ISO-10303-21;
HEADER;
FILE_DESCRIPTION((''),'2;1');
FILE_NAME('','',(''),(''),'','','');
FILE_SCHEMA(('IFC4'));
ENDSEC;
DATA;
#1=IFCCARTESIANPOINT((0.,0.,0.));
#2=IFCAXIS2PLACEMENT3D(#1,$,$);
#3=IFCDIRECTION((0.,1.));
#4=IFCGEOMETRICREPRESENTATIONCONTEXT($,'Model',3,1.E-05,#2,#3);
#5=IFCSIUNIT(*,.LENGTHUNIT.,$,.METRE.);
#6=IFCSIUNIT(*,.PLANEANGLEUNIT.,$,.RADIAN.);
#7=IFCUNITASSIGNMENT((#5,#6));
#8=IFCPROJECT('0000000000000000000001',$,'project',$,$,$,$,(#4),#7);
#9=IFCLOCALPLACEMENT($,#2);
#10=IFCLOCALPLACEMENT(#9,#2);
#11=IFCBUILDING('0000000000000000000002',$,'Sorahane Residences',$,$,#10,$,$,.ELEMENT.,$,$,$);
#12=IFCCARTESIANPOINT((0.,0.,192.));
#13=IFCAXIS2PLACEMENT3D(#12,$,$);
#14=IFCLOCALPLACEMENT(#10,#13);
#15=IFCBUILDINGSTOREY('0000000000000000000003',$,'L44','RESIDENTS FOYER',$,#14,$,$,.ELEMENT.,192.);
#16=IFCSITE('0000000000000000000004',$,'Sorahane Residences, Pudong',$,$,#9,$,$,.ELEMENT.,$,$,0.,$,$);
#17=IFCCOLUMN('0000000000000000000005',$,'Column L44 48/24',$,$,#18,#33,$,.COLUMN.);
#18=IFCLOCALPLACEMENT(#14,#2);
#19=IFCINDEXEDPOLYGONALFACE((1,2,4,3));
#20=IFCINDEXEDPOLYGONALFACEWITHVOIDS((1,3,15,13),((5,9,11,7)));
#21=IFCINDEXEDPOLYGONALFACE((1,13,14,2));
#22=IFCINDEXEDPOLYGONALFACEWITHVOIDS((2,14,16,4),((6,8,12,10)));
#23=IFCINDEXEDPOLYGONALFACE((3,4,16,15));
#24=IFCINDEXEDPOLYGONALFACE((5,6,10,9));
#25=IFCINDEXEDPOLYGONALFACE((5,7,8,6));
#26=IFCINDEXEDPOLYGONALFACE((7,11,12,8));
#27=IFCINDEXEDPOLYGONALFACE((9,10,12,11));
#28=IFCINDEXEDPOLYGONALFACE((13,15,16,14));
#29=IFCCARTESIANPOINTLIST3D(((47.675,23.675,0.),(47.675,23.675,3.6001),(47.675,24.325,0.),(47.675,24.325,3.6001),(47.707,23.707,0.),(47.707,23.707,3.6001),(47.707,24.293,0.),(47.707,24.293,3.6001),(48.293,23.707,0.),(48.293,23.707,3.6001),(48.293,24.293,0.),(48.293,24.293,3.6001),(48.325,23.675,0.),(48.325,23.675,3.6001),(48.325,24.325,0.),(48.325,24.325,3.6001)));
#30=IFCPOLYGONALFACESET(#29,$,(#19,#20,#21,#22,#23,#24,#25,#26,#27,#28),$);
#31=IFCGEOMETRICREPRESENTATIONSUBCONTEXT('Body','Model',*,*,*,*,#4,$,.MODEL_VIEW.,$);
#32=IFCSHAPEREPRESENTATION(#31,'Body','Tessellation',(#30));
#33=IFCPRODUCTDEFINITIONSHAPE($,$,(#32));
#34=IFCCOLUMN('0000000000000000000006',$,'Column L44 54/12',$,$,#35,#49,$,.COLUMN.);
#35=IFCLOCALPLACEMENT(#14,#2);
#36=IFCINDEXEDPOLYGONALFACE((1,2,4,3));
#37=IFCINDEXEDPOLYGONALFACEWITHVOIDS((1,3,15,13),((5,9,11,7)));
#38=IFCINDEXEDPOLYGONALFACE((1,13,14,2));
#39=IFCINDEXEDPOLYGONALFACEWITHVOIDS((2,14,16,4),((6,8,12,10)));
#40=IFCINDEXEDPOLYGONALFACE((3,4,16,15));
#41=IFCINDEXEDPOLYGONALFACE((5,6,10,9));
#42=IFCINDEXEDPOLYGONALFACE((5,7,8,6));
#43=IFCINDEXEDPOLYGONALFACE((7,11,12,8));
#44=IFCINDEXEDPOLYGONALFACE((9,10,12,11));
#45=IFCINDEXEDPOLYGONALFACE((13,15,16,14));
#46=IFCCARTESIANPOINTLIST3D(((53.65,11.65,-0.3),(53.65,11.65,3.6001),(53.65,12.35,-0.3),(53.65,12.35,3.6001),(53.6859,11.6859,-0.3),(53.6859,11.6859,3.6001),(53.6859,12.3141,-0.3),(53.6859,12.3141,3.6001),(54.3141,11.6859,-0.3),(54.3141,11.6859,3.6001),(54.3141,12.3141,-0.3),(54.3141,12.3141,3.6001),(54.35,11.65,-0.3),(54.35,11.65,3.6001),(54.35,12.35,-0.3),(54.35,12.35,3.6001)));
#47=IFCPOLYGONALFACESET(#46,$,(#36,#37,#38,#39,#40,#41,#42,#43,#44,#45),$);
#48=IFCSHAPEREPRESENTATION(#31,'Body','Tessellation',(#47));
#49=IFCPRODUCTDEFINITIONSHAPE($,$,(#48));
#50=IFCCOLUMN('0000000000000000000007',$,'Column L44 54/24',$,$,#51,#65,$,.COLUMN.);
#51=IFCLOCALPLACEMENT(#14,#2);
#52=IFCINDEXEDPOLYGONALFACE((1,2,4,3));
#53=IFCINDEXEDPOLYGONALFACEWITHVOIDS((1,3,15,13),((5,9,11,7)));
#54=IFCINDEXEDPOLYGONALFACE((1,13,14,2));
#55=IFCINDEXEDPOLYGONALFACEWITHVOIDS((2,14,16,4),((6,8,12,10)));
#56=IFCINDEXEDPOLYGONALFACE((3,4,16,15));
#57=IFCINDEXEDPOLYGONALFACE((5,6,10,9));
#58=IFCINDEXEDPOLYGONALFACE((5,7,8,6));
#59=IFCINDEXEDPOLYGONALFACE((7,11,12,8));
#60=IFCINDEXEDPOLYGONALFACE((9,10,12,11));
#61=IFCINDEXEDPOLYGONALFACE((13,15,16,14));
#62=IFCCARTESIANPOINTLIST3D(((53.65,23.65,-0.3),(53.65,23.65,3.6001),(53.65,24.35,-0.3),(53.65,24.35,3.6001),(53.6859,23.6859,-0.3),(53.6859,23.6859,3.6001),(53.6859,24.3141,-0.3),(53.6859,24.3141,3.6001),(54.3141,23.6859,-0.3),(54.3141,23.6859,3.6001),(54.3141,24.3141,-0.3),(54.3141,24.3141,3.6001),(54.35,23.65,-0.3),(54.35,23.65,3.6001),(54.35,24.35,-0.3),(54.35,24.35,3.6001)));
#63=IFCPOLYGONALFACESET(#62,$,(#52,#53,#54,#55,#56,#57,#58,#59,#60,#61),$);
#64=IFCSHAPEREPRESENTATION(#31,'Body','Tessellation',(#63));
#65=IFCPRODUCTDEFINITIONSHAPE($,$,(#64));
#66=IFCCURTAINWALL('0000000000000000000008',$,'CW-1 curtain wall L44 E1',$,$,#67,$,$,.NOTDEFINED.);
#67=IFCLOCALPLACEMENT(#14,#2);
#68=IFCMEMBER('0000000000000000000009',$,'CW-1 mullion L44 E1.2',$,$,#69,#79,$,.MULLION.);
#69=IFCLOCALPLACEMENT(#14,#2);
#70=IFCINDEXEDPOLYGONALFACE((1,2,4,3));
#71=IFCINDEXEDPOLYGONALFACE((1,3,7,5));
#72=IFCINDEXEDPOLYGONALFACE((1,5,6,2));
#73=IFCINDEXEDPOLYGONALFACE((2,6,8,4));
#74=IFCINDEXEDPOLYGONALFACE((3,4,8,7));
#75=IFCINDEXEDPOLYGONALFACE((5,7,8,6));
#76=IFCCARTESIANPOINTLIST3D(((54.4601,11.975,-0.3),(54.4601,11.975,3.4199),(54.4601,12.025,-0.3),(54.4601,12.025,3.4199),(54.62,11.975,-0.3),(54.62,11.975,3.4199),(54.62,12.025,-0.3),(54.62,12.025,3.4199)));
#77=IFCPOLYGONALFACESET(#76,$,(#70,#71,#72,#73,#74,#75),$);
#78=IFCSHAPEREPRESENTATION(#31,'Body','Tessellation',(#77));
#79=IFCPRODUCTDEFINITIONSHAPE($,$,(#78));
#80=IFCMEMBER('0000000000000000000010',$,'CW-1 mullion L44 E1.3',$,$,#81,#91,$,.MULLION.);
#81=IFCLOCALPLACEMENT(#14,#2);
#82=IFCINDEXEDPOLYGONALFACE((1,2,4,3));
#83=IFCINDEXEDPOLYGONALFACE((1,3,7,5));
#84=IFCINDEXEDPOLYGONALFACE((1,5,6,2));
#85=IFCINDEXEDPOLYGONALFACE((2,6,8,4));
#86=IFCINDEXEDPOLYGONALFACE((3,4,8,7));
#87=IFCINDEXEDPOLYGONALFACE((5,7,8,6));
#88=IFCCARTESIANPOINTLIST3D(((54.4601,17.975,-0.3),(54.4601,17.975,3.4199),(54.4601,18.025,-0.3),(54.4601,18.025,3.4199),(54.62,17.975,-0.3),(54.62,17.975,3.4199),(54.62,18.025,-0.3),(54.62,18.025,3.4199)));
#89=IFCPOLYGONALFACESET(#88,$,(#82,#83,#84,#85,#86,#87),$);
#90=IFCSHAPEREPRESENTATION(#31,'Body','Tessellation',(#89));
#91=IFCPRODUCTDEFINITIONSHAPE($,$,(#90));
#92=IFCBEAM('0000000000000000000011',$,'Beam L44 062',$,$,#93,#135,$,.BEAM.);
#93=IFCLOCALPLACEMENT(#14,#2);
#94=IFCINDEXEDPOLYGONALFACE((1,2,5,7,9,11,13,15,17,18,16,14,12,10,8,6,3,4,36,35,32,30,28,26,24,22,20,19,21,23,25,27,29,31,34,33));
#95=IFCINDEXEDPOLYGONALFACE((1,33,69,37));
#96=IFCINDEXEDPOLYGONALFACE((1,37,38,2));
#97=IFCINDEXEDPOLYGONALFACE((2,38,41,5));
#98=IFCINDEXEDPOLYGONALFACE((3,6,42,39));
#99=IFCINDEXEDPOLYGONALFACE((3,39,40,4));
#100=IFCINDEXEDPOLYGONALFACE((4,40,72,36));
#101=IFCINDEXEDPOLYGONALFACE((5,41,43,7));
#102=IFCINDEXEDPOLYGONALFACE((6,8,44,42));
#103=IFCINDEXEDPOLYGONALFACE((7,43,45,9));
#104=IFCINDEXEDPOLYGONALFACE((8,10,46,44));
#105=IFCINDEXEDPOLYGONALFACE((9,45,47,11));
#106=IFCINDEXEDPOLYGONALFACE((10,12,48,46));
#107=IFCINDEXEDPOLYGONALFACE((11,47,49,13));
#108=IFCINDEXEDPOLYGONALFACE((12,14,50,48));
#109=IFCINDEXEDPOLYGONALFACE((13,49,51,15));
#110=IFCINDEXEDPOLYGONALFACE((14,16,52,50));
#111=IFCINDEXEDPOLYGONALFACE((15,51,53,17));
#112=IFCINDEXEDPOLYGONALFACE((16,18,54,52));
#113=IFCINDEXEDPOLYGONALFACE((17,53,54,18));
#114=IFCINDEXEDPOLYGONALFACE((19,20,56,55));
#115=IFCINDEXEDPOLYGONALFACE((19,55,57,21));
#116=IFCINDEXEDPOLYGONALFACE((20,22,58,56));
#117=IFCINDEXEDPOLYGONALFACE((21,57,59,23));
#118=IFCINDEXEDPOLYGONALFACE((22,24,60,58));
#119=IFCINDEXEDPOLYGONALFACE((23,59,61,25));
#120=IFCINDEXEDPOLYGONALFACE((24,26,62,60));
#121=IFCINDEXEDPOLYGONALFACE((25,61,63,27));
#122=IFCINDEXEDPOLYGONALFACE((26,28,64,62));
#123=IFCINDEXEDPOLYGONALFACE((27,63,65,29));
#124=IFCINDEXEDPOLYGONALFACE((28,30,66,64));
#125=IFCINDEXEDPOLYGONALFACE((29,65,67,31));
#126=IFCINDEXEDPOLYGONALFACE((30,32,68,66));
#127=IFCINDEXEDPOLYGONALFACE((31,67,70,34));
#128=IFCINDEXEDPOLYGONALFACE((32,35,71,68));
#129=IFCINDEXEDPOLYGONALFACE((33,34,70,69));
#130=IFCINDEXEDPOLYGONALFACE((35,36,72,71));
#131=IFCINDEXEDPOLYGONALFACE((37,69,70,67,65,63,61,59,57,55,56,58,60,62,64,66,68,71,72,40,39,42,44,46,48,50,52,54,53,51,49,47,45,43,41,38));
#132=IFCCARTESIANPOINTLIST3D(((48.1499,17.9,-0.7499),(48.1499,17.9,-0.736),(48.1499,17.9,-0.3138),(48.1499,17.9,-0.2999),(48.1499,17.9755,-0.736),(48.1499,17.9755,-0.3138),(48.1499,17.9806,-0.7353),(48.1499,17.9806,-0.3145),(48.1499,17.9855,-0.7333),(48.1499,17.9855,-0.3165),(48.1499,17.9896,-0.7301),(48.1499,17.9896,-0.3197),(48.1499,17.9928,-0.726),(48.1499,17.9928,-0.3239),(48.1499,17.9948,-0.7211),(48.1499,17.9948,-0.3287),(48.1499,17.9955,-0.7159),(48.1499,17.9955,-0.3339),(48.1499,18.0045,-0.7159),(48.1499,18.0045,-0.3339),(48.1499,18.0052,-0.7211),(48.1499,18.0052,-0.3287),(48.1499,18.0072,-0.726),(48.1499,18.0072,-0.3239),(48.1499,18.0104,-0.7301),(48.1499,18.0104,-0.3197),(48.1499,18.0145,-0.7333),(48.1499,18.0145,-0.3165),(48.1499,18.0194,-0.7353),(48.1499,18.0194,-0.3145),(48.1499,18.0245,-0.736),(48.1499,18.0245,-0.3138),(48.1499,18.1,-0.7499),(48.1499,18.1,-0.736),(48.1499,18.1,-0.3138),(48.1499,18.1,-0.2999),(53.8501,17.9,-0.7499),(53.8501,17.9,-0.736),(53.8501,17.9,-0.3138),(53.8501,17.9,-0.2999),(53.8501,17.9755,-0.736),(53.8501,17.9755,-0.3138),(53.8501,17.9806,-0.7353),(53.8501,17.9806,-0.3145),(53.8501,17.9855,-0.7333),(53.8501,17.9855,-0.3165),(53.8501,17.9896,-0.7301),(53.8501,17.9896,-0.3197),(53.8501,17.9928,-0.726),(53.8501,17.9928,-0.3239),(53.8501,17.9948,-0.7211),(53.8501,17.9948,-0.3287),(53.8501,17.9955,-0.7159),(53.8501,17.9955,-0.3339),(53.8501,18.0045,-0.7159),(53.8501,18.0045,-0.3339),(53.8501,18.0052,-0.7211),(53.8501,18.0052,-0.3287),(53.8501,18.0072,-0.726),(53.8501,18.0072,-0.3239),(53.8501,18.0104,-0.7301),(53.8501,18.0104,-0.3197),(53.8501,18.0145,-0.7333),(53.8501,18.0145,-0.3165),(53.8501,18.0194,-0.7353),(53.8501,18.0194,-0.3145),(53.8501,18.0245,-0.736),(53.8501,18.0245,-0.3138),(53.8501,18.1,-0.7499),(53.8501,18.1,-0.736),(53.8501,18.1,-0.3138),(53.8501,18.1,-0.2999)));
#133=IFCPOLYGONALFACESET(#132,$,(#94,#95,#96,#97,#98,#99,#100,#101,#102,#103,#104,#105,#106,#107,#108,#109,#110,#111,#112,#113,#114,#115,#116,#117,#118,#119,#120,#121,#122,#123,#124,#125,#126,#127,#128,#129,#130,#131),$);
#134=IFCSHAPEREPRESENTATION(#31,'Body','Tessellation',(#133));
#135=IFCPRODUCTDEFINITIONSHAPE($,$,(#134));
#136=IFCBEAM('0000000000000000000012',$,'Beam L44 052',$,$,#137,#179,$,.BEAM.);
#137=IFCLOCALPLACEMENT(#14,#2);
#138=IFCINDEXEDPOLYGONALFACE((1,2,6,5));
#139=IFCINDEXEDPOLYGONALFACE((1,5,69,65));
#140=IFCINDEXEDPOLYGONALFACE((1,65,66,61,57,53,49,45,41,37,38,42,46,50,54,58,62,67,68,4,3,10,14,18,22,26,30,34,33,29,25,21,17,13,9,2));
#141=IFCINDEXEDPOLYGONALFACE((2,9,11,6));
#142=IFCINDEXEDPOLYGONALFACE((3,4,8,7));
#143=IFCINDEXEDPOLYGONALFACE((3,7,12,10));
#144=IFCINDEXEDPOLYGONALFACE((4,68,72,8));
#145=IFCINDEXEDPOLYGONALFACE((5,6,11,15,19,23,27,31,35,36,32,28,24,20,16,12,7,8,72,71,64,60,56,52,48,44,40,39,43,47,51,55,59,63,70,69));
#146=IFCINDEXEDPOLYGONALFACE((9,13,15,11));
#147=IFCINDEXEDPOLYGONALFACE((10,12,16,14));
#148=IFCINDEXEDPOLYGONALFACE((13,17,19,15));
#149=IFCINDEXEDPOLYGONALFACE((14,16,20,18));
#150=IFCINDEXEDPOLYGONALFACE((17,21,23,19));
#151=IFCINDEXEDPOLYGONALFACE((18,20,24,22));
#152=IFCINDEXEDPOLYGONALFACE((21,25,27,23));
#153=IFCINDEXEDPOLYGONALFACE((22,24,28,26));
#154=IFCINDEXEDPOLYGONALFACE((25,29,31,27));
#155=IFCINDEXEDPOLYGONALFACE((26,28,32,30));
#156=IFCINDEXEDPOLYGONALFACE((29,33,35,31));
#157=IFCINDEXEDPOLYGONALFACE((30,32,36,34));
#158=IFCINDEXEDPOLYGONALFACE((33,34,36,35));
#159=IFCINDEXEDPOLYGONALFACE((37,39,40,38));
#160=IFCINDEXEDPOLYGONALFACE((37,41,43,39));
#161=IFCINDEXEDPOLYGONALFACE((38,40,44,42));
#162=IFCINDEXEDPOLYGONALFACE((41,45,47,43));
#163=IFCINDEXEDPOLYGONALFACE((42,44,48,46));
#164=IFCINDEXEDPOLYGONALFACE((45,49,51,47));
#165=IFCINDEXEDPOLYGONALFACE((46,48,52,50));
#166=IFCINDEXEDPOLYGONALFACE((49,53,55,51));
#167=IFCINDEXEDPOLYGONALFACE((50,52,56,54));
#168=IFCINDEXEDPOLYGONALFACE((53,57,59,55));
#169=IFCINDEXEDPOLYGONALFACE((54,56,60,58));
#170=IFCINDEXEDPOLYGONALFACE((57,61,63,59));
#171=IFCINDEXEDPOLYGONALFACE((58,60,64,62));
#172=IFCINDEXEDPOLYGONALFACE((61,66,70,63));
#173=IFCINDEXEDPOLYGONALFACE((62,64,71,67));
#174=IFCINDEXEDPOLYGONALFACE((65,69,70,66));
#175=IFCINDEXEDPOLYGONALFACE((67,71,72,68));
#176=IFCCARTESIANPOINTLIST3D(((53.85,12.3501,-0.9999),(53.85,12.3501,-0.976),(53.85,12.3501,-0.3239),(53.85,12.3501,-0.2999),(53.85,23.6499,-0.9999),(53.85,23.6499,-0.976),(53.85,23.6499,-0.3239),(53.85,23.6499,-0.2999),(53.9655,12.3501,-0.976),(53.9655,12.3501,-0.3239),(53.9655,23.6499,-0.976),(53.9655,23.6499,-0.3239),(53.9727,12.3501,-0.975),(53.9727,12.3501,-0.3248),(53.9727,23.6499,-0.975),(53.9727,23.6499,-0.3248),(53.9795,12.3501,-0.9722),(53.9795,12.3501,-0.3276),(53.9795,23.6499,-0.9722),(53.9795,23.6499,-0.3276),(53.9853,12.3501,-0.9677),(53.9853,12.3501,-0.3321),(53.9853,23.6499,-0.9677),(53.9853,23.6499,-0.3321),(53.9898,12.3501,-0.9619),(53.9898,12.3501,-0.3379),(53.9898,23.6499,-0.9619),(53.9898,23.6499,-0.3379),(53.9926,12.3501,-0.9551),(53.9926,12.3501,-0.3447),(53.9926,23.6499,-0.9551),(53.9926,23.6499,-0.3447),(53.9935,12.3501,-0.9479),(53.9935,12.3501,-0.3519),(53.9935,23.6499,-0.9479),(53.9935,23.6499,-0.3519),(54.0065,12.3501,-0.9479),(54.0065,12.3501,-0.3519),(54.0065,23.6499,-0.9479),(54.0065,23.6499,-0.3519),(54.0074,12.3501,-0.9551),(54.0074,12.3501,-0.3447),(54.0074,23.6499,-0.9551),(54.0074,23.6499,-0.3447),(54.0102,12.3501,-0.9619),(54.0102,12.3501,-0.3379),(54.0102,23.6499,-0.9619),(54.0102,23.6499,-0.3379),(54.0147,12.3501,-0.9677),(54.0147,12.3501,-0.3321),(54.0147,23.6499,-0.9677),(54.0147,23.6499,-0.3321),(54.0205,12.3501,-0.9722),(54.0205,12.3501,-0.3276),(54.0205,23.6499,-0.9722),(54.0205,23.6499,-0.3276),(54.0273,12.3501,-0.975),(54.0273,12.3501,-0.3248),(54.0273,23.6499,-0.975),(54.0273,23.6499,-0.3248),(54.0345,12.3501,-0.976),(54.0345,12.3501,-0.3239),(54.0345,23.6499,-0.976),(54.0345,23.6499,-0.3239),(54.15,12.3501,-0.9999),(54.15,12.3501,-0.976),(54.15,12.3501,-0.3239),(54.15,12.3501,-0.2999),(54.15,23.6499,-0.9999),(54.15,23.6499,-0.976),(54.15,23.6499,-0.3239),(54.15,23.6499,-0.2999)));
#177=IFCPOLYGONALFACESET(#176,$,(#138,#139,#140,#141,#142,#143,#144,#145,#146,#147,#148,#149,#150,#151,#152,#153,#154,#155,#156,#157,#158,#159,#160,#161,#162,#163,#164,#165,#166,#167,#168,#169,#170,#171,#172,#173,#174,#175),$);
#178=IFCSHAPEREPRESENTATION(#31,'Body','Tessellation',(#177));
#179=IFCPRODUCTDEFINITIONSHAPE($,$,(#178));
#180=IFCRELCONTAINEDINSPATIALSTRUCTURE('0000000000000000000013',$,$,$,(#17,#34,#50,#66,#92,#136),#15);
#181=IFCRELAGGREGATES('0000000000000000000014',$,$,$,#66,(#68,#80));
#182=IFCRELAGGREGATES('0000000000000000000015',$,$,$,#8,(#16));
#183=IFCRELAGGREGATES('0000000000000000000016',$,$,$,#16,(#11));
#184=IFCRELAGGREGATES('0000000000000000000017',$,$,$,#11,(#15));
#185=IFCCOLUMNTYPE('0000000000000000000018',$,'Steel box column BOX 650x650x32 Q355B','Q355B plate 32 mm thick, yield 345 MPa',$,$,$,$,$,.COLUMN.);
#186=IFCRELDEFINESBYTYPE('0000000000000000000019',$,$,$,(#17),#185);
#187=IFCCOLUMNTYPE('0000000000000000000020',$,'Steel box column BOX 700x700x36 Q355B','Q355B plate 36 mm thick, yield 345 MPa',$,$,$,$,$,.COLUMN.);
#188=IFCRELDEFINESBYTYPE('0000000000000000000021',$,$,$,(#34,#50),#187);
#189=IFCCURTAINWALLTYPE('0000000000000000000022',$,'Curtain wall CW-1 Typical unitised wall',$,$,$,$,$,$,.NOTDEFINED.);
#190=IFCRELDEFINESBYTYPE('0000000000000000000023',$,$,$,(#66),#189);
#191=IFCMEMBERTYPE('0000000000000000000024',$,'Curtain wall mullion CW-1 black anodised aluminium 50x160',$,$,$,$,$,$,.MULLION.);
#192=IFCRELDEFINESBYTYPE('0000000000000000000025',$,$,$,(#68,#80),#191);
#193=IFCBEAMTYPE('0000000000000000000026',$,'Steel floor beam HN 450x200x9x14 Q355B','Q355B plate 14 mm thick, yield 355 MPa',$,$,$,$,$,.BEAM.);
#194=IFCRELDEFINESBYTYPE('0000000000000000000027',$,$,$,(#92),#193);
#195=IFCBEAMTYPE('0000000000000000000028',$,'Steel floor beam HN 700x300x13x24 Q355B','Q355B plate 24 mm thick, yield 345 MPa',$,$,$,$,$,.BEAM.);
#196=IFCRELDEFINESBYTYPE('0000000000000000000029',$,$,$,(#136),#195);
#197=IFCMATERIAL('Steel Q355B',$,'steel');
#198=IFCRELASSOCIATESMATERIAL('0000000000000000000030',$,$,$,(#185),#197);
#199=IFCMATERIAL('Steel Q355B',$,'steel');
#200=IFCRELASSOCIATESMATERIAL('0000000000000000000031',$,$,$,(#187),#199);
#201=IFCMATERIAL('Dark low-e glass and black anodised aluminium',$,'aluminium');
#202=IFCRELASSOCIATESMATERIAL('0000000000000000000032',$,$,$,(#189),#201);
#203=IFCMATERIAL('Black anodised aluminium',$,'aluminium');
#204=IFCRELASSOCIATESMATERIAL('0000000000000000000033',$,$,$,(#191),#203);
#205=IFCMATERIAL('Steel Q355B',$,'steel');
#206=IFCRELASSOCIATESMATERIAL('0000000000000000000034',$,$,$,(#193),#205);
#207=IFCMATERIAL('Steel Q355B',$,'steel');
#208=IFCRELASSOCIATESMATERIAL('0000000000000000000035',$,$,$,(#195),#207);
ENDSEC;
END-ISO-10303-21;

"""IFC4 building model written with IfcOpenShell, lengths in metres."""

from ifc_helpers import new_model, si_unit, direction, frame, origin, origin_2d, place, context, subcontext, project, spatial, rectangle, hollow_rectangle, i_section, extrude, material, material_profile, profile_set, type_object, element, aggregate, save


model = new_model("IFC4")

# Units and contexts
model_context = context("Model", 3, precision=1e-05, world=origin(), true_north=direction((0.0, 1.0)))
body_context = subcontext(model_context, "Body", "Model", "MODEL_VIEW")
ifc_project = project(units=[si_unit("LENGTHUNIT", "METRE"), si_unit("PLANEANGLEUNIT", "RADIAN")], contexts=[model_context])

# Site, building, storey
site_placement = place(None, origin())
site = spatial("IfcSite", under=ifc_project, at=site_placement, Name="Sorahane Residences, Pudong", CompositionType="ELEMENT", RefElevation=0.0)
building_placement = place(site_placement, origin())
building = spatial("IfcBuilding", under=site, at=building_placement, Name="Sorahane Residences", CompositionType="ELEMENT")
storey_placement = place(building_placement, frame((0.0, 0.0, 192.0)))
storey = spatial("IfcBuildingStorey", under=building, at=storey_placement, Name="L44", Description="RESIDENTS FOYER", CompositionType="ELEMENT", Elevation=192.0)

# Columns
ifc_material_1 = material(Name="Steel Q355B", Category="steel")
ifc_material_profile_1 = material_profile(ifc_material_1, hollow_rectangle(XDim=0.6499, YDim=0.6499, WallThickness=0.032, at=origin_2d()), Name="BOX 650x650x32")
ifc_profile_set_1 = profile_set([ifc_material_profile_1], Name="Steel Q355B")
column_type_1 = type_object("IfcColumnType", Name="Steel box column BOX 650x650x32 Q355B", Description="Q355B plate 32 mm thick, yield 345 MPa", PredefinedType="COLUMN", material=ifc_profile_set_1)
column_placement = place(storey_placement, frame((48.0, 24.0, 0.0), z_axis=(0.0, 0.0, 1.0), x_axis=(1.0, 0.0, 0.0)))
element("IfcColumn", 1, at=column_placement, inside=storey, type_object=column_type_1, Name="Column L44 48/24", PredefinedType="COLUMN", context=body_context, shape_type="SweptSolid", body=[
    extrude(hollow_rectangle(XDim=0.6499, YDim=0.6499, WallThickness=0.032, at=origin_2d()), origin(), (0.0, 0.0, 1.0), 3.6001),
])
ifc_material_2 = material(Name="Steel Q355B", Category="steel")
ifc_material_profile_2 = material_profile(ifc_material_2, hollow_rectangle(XDim=0.7, YDim=0.7, WallThickness=0.0359, at=origin_2d()), Name="BOX 700x700x36")
ifc_profile_set_2 = profile_set([ifc_material_profile_2], Name="Steel Q355B")
column_type_2 = type_object("IfcColumnType", Name="Steel box column BOX 700x700x36 Q355B", Description="Q355B plate 36 mm thick, yield 345 MPa", PredefinedType="COLUMN", material=ifc_profile_set_2)
for number, where, z_axis, x_axis, name in (
    (2, (54.0, 12.0, -0.3), (0.0, 0.0, 1.0), (1.0, 0.0, 0.0), "Column L44 54/12"),
    (3, (54.0, 24.0, -0.3), (0.0, 0.0, 1.0), (1.0, 0.0, 0.0), "Column L44 54/24"),
):
    element("IfcColumn", number, at=place(storey_placement, frame(where, z_axis=z_axis, x_axis=x_axis)), inside=storey, type_object=column_type_2, Name=name, PredefinedType="COLUMN", context=body_context, shape_type="SweptSolid", body=[
        extrude(hollow_rectangle(XDim=0.7, YDim=0.7, WallThickness=0.0359, at=origin_2d()), origin(), (0.0, 0.0, 1.0), 3.9001),
    ])

# Curtain wall, members
ifc_material_3 = material(Name="Dark low-e glass and black anodised aluminium", Category="aluminium")
curtain_wall_type = type_object("IfcCurtainWallType", Name="Curtain wall CW-1 Typical unitised wall", PredefinedType="NOTDEFINED", material=ifc_material_3)
curtain_wall_placement = place(storey_placement, origin())
curtain_wall = element("IfcCurtainWall", 4, at=curtain_wall_placement, inside=storey, type_object=curtain_wall_type, Name="CW-1 curtain wall L44 E1", PredefinedType="NOTDEFINED")
ifc_material_4 = material(Name="Black anodised aluminium", Category="aluminium")
ifc_material_profile_3 = material_profile(ifc_material_4, rectangle(XDim=0.1599, YDim=0.05, at=origin_2d()), Name="Curtain wall mullion CW-1 black anodised aluminium 50x160")
ifc_profile_set_3 = profile_set([ifc_material_profile_3], Name="Black anodised aluminium")
member_type = type_object("IfcMemberType", Name="Curtain wall mullion CW-1 black anodised aluminium 50x160", PredefinedType="MULLION", material=ifc_profile_set_3)
member_1_placement = place(storey_placement, frame((54.54, 12.0, -0.3), z_axis=(0.0, 0.0, 1.0), x_axis=(1.0, 0.0, 0.0)))
member_1 = element("IfcMember", 5, at=member_1_placement, type_object=member_type, Name="CW-1 mullion L44 E1.2", PredefinedType="MULLION", context=body_context, shape_type="SweptSolid", body=[
    extrude(rectangle(XDim=0.1599, YDim=0.05, at=origin_2d()), origin(), (0.0, 0.0, 1.0), 3.72),
])
member_2_placement = place(storey_placement, frame((54.54, 18.0, -0.3), z_axis=(0.0, 0.0, 1.0), x_axis=(1.0, 0.0, 0.0)))
member_2 = element("IfcMember", 6, at=member_2_placement, type_object=member_type, Name="CW-1 mullion L44 E1.3", PredefinedType="MULLION", context=body_context, shape_type="SweptSolid", body=[
    extrude(rectangle(XDim=0.1599, YDim=0.05, at=origin_2d()), origin(), (0.0, 0.0, 1.0), 3.72),
])

# Beams
ifc_material_5 = material(Name="Steel Q355B", Category="steel")
ifc_material_profile_4 = material_profile(ifc_material_5, i_section(OverallWidth=0.2, OverallDepth=0.45, WebThickness=0.009, FlangeThickness=0.0139, FilletRadius=0.02, at=origin_2d()), Name="HN 450x200x9x14")
ifc_profile_set_4 = profile_set([ifc_material_profile_4], Name="Steel Q355B")
beam_type_1 = type_object("IfcBeamType", Name="Steel floor beam HN 450x200x9x14 Q355B", Description="Q355B plate 14 mm thick, yield 355 MPa", PredefinedType="BEAM", material=ifc_profile_set_4)
beam_placement = place(storey_placement, frame((48.1499, 18.0, -0.5249), z_axis=(1.0, 0.0, 0.0), x_axis=(0.0, 1.0, 0.0)))
element("IfcBeam", 7, at=beam_placement, inside=storey, type_object=beam_type_1, Name="Beam L44 062", PredefinedType="BEAM", context=body_context, shape_type="SweptSolid", body=[
    extrude(i_section(OverallWidth=0.2, OverallDepth=0.45, WebThickness=0.009, FlangeThickness=0.0139, FilletRadius=0.02, at=origin_2d()), origin(), (0.0, 0.0, 1.0), 5.7002),
])
ifc_material_6 = material(Name="Steel Q355B", Category="steel")
ifc_material_profile_5 = material_profile(ifc_material_6, i_section(OverallWidth=0.3, OverallDepth=0.7, WebThickness=0.0129, FlangeThickness=0.0239, FilletRadius=0.0281, at=origin_2d()), Name="HN 700x300x13x24")
ifc_profile_set_5 = profile_set([ifc_material_profile_5], Name="Steel Q355B")
beam_type_2 = type_object("IfcBeamType", Name="Steel floor beam HN 700x300x13x24 Q355B", Description="Q355B plate 24 mm thick, yield 345 MPa", PredefinedType="BEAM", material=ifc_profile_set_5)
for number, where, z_axis, x_axis, name in (
    (8, (54.0, 12.3501, -0.6499), (0.0, 1.0, 0.0), (-1.0, 0.0, 0.0), "Beam L44 052"),
):
    element("IfcBeam", number, at=place(storey_placement, frame(where, z_axis=z_axis, x_axis=x_axis)), inside=storey, type_object=beam_type_2, Name=name, PredefinedType="BEAM", context=body_context, shape_type="SweptSolid", body=[
        extrude(i_section(OverallWidth=0.3, OverallDepth=0.7, WebThickness=0.0129, FlangeThickness=0.0239, FilletRadius=0.0281, at=origin_2d()), origin(), (0.0, 0.0, 1.0), 11.2998),
    ])

aggregate(curtain_wall, [member_1, member_2])

save(model, "model.ifc")
